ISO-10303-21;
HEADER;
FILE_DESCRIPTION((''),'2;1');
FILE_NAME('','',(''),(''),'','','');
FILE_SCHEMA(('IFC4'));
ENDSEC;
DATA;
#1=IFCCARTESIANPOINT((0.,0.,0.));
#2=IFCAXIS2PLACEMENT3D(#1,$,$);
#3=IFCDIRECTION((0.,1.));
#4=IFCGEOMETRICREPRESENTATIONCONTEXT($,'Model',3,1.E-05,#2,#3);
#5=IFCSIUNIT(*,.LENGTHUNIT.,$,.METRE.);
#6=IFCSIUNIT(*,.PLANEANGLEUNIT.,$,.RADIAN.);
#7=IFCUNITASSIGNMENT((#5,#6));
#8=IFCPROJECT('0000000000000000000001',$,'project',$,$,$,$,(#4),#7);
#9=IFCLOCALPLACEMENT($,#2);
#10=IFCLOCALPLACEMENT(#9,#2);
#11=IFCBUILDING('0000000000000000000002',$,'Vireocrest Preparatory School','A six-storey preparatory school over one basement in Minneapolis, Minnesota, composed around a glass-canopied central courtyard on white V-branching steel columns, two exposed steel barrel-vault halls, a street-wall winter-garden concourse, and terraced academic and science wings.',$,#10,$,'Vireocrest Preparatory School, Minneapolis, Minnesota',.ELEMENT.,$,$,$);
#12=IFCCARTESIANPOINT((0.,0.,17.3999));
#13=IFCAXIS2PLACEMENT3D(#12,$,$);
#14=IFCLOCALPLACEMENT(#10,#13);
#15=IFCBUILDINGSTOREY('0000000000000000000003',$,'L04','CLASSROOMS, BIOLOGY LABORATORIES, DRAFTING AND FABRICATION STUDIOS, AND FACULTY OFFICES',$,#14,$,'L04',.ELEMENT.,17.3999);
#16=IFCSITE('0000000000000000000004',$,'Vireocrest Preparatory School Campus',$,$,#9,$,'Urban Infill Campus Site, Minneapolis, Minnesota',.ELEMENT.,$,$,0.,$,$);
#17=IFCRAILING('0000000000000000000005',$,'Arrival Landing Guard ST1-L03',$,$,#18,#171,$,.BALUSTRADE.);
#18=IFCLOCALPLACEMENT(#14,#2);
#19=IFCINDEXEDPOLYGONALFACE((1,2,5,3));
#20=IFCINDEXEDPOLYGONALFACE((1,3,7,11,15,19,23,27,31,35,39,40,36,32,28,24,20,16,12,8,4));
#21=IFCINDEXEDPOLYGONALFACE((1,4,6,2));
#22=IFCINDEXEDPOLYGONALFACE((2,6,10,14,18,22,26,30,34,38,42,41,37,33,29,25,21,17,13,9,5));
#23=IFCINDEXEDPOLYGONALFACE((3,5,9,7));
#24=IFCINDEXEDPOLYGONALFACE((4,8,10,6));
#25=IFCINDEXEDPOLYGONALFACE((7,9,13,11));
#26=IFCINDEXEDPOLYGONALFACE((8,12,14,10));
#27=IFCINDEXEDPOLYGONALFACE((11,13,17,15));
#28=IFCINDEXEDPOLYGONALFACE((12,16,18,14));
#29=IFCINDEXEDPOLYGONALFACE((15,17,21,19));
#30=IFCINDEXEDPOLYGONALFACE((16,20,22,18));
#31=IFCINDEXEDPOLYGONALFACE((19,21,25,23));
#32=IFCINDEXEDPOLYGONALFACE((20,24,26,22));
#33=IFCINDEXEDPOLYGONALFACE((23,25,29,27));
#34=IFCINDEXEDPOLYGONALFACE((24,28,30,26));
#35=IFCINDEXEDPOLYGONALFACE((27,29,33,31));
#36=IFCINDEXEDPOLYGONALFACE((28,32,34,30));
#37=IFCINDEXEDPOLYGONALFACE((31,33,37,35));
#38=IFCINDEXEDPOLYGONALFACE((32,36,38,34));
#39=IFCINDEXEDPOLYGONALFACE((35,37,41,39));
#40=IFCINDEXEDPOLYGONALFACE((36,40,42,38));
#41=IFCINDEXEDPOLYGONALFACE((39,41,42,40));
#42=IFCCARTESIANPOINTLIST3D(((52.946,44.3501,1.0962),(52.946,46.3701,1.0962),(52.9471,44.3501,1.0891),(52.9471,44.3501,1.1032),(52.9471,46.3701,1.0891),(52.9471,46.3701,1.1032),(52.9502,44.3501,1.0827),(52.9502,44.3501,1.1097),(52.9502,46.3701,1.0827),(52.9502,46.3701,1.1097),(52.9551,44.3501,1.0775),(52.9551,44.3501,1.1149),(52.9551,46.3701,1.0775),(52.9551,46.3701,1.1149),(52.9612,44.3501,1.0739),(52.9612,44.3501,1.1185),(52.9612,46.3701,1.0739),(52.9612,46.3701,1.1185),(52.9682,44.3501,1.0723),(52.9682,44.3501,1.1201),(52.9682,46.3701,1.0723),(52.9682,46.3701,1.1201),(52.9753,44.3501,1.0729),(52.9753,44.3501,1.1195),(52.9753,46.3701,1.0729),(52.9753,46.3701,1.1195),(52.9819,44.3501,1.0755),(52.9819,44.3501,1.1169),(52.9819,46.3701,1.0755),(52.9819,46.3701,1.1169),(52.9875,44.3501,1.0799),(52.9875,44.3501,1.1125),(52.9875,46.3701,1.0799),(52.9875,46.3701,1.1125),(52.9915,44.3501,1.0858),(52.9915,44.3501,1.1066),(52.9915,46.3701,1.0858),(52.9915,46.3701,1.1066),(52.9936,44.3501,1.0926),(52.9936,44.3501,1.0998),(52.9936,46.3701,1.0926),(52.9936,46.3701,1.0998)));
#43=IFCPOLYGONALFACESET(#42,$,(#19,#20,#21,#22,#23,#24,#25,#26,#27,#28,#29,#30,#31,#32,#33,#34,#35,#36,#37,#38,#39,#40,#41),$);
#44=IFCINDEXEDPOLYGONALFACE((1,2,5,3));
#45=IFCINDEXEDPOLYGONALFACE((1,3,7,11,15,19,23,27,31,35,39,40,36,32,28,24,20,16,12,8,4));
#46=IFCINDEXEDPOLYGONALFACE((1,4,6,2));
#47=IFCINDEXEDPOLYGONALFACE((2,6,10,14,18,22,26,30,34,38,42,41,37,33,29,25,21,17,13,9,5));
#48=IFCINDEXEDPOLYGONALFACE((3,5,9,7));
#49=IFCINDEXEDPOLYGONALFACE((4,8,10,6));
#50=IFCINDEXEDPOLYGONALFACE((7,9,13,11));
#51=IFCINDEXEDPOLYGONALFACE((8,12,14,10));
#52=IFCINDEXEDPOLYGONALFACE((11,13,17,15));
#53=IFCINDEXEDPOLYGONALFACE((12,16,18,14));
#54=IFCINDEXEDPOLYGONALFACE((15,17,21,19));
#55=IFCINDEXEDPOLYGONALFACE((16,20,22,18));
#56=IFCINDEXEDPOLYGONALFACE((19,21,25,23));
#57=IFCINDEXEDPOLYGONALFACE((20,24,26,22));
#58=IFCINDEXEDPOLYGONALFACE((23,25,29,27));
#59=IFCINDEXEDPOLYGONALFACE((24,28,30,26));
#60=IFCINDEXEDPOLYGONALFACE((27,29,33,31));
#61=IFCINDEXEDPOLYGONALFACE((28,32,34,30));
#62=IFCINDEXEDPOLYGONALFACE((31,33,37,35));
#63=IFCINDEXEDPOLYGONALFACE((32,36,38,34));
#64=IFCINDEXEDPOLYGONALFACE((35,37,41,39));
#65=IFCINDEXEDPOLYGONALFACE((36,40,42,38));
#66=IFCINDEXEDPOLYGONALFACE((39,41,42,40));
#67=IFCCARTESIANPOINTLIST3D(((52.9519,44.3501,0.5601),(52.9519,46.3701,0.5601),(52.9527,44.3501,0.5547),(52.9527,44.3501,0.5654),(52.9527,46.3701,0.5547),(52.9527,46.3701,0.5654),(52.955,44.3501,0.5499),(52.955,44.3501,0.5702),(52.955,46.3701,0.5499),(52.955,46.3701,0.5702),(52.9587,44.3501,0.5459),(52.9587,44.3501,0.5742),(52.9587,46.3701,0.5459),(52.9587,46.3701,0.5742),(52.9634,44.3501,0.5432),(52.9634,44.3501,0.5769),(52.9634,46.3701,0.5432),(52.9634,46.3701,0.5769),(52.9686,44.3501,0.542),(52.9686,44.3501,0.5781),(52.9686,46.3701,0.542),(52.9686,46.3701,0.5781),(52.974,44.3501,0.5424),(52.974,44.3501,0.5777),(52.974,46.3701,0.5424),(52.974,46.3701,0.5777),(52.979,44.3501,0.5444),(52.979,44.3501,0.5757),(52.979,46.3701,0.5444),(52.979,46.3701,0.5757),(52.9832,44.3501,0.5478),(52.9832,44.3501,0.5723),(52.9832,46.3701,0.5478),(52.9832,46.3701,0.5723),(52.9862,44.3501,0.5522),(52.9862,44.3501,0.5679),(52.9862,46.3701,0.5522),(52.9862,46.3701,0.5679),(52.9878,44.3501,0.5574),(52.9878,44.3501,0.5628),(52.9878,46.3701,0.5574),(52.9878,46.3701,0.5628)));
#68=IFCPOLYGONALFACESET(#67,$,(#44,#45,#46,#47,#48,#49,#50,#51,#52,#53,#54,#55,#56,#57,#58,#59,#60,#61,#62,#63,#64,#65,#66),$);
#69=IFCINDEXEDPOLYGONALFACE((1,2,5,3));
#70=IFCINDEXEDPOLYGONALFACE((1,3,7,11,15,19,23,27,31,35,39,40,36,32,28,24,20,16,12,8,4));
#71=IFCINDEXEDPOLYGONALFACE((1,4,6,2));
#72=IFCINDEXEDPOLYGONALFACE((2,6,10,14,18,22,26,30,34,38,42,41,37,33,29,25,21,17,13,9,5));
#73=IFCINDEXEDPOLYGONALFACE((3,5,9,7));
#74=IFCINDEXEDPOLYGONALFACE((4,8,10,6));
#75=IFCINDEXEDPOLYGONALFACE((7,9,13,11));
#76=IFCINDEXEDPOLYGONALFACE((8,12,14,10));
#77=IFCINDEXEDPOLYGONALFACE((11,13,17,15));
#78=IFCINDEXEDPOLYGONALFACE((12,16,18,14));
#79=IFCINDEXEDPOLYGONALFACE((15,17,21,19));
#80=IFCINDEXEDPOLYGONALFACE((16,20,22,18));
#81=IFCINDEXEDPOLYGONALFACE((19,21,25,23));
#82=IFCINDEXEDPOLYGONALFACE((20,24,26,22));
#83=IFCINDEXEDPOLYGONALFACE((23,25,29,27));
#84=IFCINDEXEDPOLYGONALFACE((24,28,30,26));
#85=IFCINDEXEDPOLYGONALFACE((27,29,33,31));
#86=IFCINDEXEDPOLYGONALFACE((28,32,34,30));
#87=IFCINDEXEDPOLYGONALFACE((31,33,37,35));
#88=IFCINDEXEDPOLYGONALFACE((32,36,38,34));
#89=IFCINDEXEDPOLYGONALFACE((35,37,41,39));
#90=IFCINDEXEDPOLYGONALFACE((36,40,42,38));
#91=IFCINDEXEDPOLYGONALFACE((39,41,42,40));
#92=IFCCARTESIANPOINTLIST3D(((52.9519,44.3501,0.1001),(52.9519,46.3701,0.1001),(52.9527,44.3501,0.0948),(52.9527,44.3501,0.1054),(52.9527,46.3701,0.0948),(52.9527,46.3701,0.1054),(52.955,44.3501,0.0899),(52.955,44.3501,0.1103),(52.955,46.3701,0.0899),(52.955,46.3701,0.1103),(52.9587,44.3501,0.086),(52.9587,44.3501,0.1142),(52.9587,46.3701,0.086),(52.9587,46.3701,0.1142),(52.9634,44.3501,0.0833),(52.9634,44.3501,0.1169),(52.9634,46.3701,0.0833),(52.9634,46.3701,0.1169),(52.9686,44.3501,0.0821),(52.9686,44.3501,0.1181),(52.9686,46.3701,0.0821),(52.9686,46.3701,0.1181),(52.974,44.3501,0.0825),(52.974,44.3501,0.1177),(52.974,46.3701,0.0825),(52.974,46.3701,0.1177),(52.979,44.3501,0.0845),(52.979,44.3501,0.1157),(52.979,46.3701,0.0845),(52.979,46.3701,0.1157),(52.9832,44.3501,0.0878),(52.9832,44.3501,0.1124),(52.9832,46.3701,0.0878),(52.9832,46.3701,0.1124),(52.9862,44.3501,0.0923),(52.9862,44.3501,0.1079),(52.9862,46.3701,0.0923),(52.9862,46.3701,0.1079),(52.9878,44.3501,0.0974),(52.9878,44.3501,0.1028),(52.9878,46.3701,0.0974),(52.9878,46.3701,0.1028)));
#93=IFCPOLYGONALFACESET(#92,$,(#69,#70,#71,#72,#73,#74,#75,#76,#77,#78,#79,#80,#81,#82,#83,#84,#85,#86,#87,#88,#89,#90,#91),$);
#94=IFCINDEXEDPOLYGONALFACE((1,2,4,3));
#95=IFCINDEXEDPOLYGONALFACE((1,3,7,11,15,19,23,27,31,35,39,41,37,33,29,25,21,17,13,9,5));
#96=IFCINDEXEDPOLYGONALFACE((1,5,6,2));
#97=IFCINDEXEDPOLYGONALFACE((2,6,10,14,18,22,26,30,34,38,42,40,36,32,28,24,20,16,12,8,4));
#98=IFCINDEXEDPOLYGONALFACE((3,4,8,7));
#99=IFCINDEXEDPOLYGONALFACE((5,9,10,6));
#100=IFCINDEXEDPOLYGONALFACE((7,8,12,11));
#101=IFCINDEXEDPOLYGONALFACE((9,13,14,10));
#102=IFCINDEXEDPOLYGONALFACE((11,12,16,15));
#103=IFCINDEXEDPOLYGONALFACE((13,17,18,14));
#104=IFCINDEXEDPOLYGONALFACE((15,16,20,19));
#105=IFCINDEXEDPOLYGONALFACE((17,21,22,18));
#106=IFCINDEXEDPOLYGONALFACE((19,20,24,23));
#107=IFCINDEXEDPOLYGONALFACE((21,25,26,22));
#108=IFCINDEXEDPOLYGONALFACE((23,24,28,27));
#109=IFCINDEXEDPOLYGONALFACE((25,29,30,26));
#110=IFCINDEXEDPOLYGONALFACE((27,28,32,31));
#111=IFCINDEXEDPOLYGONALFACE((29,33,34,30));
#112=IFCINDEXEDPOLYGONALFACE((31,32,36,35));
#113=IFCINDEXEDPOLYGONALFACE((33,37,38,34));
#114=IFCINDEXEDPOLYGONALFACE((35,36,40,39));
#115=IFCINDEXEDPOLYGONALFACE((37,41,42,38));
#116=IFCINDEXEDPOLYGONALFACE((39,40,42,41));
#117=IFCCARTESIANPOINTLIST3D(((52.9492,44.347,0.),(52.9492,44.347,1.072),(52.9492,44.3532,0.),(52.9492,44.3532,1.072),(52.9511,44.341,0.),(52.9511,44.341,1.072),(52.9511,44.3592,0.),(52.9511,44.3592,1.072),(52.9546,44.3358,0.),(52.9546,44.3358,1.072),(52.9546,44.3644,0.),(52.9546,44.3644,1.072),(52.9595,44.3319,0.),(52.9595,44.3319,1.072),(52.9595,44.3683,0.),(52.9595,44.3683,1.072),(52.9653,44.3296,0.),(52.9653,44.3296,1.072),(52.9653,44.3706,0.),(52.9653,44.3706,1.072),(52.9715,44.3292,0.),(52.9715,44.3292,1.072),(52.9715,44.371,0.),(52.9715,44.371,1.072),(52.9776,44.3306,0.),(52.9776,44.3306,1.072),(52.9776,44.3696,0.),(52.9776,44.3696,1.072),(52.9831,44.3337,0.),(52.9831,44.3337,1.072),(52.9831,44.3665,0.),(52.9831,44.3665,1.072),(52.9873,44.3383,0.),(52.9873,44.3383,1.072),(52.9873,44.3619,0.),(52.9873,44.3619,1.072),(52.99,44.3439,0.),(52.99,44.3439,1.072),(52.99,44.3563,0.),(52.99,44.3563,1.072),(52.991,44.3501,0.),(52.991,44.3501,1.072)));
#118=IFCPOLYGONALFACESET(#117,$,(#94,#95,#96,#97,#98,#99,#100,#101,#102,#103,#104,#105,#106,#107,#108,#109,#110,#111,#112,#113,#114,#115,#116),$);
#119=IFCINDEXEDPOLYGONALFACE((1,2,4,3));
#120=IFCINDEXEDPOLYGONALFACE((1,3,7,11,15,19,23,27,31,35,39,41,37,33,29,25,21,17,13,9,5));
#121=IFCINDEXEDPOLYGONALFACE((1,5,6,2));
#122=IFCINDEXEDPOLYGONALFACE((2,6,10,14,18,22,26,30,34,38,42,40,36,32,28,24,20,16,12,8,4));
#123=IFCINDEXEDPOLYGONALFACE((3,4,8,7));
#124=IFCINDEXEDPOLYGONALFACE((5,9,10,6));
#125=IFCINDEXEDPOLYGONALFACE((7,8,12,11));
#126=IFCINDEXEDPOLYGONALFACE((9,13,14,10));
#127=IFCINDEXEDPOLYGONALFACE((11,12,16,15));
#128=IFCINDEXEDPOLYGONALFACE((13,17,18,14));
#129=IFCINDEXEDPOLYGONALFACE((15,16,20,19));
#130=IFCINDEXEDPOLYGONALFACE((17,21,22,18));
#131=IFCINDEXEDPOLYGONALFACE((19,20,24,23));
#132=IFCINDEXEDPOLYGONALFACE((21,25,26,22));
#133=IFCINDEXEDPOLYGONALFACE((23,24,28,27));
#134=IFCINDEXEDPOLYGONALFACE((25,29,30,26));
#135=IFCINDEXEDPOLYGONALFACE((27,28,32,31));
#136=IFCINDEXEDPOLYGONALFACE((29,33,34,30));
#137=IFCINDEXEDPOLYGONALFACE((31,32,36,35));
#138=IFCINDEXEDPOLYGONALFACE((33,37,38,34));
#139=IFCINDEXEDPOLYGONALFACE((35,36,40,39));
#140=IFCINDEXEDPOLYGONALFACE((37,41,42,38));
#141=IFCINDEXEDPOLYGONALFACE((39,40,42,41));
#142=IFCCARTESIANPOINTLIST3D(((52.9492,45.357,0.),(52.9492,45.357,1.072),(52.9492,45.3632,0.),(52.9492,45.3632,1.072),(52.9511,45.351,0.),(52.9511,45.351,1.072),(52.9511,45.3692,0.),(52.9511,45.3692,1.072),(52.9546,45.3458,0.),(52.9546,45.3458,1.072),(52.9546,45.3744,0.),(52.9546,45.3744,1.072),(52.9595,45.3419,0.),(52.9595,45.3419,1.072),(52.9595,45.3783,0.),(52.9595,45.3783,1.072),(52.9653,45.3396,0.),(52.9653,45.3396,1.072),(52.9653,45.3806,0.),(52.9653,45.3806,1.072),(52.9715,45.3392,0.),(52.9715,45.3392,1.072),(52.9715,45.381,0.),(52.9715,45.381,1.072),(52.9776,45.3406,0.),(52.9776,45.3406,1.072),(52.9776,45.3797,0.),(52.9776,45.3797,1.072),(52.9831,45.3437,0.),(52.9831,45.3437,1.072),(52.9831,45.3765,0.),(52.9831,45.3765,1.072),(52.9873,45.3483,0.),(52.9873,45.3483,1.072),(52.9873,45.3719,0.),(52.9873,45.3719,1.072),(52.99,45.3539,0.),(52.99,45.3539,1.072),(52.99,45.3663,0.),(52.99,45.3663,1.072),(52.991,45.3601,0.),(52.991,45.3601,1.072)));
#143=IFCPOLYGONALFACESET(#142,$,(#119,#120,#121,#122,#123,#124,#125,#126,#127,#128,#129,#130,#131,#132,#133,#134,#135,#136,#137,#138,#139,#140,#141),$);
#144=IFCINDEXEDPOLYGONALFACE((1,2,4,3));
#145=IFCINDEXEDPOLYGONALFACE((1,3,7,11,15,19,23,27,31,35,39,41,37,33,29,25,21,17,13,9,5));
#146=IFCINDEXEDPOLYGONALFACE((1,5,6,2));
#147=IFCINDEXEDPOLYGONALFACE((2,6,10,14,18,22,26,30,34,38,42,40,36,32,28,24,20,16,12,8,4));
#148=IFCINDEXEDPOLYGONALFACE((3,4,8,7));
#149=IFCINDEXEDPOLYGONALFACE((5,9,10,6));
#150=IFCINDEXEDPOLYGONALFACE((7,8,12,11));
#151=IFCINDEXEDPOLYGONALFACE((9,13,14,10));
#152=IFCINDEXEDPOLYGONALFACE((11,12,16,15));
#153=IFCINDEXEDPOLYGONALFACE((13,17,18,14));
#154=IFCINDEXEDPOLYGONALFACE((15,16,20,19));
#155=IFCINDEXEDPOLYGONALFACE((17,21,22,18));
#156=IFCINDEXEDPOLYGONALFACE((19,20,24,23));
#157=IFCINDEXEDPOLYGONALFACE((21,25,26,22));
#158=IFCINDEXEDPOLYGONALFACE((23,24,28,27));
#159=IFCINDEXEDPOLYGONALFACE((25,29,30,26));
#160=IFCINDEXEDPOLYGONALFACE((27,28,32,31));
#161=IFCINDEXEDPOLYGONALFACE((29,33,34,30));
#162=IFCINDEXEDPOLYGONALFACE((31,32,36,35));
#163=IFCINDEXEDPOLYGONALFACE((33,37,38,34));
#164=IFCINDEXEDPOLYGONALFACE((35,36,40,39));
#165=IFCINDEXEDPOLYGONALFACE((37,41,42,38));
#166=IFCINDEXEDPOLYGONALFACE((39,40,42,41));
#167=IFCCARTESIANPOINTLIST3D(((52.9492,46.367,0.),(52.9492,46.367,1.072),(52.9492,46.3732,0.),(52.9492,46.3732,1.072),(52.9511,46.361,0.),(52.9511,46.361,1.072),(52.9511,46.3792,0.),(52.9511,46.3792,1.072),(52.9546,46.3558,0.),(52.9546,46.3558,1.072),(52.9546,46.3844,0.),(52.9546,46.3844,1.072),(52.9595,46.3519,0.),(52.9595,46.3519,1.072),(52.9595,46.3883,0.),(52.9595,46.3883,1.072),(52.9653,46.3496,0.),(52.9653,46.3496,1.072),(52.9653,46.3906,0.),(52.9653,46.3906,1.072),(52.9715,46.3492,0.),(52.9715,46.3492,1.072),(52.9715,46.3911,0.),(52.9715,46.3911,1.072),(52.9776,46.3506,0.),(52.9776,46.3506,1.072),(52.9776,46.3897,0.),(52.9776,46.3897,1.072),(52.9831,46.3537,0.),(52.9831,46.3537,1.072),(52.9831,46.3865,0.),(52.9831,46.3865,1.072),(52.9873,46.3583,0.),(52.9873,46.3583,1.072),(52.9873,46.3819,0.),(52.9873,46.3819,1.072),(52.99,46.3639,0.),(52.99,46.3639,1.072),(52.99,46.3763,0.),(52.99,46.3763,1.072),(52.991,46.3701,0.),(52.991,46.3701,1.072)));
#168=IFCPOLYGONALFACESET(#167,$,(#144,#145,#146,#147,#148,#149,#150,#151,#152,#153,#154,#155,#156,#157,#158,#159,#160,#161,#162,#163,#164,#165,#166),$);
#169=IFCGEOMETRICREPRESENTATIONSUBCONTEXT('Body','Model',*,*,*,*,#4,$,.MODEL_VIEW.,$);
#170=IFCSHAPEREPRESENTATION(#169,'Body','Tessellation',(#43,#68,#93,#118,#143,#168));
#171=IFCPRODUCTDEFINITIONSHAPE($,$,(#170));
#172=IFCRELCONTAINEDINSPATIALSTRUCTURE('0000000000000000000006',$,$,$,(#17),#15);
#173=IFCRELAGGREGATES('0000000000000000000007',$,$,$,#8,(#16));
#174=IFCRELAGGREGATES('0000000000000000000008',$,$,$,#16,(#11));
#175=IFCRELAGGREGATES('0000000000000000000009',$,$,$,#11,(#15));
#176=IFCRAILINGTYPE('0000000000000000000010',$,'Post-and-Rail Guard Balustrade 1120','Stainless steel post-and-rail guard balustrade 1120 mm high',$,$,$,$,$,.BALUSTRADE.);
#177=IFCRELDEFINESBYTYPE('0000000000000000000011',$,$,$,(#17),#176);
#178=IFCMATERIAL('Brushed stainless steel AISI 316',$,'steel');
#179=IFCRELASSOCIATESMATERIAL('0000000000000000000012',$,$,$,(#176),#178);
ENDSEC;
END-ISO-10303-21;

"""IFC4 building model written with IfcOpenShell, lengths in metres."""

from ifc_helpers import new_model, si_unit, direction, frame, origin, origin_2d, place, context, subcontext, project, spatial, circle, extrude, material, type_object, element, save


model = new_model("IFC4")

# Units and contexts
model_context = context("Model", 3, precision=1e-05, world=origin(), true_north=direction((0.0, 1.0)))
body_context = subcontext(model_context, "Body", "Model", "MODEL_VIEW")
ifc_project = project(units=[si_unit("LENGTHUNIT", "METRE"), si_unit("PLANEANGLEUNIT", "RADIAN")], contexts=[model_context])

# Site, building, storey
site_placement = place(None, origin())
site = spatial("IfcSite", under=ifc_project, at=site_placement, Name="Vireocrest Preparatory School Campus", LongName="Urban Infill Campus Site, Minneapolis, Minnesota", CompositionType="ELEMENT", RefElevation=0.0)
building_placement = place(site_placement, origin())
building = spatial("IfcBuilding", under=site, at=building_placement, Name="Vireocrest Preparatory School", Description="A six-storey preparatory school over one basement in Minneapolis, Minnesota, composed around a glass-canopied central courtyard on white V-branching steel columns, two exposed steel barrel-vault halls, a street-wall winter-garden concourse, and terraced academic and science wings.", LongName="Vireocrest Preparatory School, Minneapolis, Minnesota", CompositionType="ELEMENT")
storey_placement = place(building_placement, frame((0.0, 0.0, 17.3999)))
storey = spatial("IfcBuildingStorey", under=building, at=storey_placement, Name="L04", Description="CLASSROOMS, BIOLOGY LABORATORIES, DRAFTING AND FABRICATION STUDIOS, AND FACULTY OFFICES", LongName="L04", CompositionType="ELEMENT", Elevation=17.3999)

# Railing
ifc_material_1 = material(Name="Brushed stainless steel AISI 316", Category="steel")
railing_type_1 = type_object("IfcRailingType", Name="Post-and-Rail Guard Balustrade 1120", Description="Stainless steel post-and-rail guard balustrade 1120 mm high", PredefinedType="BALUSTRADE", material=ifc_material_1)
railing_1_placement = place(storey_placement, frame((52.97, 44.3501, 0.0)))
element("IfcRailing", 1, at=railing_1_placement, inside=storey, type_object=railing_type_1, Name="Arrival Landing Guard ST1-L03", PredefinedType="BALUSTRADE", context=body_context, shape_type="SweptSolid", body=[
    extrude(circle(Radius=0.0239, at=origin_2d()), frame((0.0, 0.0, 1.0962), z_axis=(0.0, 1.0, 0.0), x_axis=(-1.0, 0.0, 0.0)), (0.0, 0.0, 1.0), 2.02),
    extrude(circle(Radius=0.0181, at=origin_2d()), frame((0.0, 0.0, 0.5601), z_axis=(0.0, 1.0, 0.0), x_axis=(-1.0, 0.0, 0.0)), (0.0, 0.0, 1.0), 2.02),
    extrude(circle(Radius=0.0181, at=origin_2d()), frame((0.0, 0.0, 0.1001), z_axis=(0.0, 1.0, 0.0), x_axis=(-1.0, 0.0, 0.0)), (0.0, 0.0, 1.0), 2.02),
    extrude(circle(Radius=0.021, at=origin_2d()), origin(), (0.0, 0.0, 1.0), 1.072),
    extrude(circle(Radius=0.021, at=origin_2d()), frame((0.0, 1.01, 0.0)), (0.0, 0.0, 1.0), 1.072),
    extrude(circle(Radius=0.021, at=origin_2d()), frame((0.0, 2.02, 0.0)), (0.0, 0.0, 1.0), 1.072),
])

save(model, "model.ifc")
